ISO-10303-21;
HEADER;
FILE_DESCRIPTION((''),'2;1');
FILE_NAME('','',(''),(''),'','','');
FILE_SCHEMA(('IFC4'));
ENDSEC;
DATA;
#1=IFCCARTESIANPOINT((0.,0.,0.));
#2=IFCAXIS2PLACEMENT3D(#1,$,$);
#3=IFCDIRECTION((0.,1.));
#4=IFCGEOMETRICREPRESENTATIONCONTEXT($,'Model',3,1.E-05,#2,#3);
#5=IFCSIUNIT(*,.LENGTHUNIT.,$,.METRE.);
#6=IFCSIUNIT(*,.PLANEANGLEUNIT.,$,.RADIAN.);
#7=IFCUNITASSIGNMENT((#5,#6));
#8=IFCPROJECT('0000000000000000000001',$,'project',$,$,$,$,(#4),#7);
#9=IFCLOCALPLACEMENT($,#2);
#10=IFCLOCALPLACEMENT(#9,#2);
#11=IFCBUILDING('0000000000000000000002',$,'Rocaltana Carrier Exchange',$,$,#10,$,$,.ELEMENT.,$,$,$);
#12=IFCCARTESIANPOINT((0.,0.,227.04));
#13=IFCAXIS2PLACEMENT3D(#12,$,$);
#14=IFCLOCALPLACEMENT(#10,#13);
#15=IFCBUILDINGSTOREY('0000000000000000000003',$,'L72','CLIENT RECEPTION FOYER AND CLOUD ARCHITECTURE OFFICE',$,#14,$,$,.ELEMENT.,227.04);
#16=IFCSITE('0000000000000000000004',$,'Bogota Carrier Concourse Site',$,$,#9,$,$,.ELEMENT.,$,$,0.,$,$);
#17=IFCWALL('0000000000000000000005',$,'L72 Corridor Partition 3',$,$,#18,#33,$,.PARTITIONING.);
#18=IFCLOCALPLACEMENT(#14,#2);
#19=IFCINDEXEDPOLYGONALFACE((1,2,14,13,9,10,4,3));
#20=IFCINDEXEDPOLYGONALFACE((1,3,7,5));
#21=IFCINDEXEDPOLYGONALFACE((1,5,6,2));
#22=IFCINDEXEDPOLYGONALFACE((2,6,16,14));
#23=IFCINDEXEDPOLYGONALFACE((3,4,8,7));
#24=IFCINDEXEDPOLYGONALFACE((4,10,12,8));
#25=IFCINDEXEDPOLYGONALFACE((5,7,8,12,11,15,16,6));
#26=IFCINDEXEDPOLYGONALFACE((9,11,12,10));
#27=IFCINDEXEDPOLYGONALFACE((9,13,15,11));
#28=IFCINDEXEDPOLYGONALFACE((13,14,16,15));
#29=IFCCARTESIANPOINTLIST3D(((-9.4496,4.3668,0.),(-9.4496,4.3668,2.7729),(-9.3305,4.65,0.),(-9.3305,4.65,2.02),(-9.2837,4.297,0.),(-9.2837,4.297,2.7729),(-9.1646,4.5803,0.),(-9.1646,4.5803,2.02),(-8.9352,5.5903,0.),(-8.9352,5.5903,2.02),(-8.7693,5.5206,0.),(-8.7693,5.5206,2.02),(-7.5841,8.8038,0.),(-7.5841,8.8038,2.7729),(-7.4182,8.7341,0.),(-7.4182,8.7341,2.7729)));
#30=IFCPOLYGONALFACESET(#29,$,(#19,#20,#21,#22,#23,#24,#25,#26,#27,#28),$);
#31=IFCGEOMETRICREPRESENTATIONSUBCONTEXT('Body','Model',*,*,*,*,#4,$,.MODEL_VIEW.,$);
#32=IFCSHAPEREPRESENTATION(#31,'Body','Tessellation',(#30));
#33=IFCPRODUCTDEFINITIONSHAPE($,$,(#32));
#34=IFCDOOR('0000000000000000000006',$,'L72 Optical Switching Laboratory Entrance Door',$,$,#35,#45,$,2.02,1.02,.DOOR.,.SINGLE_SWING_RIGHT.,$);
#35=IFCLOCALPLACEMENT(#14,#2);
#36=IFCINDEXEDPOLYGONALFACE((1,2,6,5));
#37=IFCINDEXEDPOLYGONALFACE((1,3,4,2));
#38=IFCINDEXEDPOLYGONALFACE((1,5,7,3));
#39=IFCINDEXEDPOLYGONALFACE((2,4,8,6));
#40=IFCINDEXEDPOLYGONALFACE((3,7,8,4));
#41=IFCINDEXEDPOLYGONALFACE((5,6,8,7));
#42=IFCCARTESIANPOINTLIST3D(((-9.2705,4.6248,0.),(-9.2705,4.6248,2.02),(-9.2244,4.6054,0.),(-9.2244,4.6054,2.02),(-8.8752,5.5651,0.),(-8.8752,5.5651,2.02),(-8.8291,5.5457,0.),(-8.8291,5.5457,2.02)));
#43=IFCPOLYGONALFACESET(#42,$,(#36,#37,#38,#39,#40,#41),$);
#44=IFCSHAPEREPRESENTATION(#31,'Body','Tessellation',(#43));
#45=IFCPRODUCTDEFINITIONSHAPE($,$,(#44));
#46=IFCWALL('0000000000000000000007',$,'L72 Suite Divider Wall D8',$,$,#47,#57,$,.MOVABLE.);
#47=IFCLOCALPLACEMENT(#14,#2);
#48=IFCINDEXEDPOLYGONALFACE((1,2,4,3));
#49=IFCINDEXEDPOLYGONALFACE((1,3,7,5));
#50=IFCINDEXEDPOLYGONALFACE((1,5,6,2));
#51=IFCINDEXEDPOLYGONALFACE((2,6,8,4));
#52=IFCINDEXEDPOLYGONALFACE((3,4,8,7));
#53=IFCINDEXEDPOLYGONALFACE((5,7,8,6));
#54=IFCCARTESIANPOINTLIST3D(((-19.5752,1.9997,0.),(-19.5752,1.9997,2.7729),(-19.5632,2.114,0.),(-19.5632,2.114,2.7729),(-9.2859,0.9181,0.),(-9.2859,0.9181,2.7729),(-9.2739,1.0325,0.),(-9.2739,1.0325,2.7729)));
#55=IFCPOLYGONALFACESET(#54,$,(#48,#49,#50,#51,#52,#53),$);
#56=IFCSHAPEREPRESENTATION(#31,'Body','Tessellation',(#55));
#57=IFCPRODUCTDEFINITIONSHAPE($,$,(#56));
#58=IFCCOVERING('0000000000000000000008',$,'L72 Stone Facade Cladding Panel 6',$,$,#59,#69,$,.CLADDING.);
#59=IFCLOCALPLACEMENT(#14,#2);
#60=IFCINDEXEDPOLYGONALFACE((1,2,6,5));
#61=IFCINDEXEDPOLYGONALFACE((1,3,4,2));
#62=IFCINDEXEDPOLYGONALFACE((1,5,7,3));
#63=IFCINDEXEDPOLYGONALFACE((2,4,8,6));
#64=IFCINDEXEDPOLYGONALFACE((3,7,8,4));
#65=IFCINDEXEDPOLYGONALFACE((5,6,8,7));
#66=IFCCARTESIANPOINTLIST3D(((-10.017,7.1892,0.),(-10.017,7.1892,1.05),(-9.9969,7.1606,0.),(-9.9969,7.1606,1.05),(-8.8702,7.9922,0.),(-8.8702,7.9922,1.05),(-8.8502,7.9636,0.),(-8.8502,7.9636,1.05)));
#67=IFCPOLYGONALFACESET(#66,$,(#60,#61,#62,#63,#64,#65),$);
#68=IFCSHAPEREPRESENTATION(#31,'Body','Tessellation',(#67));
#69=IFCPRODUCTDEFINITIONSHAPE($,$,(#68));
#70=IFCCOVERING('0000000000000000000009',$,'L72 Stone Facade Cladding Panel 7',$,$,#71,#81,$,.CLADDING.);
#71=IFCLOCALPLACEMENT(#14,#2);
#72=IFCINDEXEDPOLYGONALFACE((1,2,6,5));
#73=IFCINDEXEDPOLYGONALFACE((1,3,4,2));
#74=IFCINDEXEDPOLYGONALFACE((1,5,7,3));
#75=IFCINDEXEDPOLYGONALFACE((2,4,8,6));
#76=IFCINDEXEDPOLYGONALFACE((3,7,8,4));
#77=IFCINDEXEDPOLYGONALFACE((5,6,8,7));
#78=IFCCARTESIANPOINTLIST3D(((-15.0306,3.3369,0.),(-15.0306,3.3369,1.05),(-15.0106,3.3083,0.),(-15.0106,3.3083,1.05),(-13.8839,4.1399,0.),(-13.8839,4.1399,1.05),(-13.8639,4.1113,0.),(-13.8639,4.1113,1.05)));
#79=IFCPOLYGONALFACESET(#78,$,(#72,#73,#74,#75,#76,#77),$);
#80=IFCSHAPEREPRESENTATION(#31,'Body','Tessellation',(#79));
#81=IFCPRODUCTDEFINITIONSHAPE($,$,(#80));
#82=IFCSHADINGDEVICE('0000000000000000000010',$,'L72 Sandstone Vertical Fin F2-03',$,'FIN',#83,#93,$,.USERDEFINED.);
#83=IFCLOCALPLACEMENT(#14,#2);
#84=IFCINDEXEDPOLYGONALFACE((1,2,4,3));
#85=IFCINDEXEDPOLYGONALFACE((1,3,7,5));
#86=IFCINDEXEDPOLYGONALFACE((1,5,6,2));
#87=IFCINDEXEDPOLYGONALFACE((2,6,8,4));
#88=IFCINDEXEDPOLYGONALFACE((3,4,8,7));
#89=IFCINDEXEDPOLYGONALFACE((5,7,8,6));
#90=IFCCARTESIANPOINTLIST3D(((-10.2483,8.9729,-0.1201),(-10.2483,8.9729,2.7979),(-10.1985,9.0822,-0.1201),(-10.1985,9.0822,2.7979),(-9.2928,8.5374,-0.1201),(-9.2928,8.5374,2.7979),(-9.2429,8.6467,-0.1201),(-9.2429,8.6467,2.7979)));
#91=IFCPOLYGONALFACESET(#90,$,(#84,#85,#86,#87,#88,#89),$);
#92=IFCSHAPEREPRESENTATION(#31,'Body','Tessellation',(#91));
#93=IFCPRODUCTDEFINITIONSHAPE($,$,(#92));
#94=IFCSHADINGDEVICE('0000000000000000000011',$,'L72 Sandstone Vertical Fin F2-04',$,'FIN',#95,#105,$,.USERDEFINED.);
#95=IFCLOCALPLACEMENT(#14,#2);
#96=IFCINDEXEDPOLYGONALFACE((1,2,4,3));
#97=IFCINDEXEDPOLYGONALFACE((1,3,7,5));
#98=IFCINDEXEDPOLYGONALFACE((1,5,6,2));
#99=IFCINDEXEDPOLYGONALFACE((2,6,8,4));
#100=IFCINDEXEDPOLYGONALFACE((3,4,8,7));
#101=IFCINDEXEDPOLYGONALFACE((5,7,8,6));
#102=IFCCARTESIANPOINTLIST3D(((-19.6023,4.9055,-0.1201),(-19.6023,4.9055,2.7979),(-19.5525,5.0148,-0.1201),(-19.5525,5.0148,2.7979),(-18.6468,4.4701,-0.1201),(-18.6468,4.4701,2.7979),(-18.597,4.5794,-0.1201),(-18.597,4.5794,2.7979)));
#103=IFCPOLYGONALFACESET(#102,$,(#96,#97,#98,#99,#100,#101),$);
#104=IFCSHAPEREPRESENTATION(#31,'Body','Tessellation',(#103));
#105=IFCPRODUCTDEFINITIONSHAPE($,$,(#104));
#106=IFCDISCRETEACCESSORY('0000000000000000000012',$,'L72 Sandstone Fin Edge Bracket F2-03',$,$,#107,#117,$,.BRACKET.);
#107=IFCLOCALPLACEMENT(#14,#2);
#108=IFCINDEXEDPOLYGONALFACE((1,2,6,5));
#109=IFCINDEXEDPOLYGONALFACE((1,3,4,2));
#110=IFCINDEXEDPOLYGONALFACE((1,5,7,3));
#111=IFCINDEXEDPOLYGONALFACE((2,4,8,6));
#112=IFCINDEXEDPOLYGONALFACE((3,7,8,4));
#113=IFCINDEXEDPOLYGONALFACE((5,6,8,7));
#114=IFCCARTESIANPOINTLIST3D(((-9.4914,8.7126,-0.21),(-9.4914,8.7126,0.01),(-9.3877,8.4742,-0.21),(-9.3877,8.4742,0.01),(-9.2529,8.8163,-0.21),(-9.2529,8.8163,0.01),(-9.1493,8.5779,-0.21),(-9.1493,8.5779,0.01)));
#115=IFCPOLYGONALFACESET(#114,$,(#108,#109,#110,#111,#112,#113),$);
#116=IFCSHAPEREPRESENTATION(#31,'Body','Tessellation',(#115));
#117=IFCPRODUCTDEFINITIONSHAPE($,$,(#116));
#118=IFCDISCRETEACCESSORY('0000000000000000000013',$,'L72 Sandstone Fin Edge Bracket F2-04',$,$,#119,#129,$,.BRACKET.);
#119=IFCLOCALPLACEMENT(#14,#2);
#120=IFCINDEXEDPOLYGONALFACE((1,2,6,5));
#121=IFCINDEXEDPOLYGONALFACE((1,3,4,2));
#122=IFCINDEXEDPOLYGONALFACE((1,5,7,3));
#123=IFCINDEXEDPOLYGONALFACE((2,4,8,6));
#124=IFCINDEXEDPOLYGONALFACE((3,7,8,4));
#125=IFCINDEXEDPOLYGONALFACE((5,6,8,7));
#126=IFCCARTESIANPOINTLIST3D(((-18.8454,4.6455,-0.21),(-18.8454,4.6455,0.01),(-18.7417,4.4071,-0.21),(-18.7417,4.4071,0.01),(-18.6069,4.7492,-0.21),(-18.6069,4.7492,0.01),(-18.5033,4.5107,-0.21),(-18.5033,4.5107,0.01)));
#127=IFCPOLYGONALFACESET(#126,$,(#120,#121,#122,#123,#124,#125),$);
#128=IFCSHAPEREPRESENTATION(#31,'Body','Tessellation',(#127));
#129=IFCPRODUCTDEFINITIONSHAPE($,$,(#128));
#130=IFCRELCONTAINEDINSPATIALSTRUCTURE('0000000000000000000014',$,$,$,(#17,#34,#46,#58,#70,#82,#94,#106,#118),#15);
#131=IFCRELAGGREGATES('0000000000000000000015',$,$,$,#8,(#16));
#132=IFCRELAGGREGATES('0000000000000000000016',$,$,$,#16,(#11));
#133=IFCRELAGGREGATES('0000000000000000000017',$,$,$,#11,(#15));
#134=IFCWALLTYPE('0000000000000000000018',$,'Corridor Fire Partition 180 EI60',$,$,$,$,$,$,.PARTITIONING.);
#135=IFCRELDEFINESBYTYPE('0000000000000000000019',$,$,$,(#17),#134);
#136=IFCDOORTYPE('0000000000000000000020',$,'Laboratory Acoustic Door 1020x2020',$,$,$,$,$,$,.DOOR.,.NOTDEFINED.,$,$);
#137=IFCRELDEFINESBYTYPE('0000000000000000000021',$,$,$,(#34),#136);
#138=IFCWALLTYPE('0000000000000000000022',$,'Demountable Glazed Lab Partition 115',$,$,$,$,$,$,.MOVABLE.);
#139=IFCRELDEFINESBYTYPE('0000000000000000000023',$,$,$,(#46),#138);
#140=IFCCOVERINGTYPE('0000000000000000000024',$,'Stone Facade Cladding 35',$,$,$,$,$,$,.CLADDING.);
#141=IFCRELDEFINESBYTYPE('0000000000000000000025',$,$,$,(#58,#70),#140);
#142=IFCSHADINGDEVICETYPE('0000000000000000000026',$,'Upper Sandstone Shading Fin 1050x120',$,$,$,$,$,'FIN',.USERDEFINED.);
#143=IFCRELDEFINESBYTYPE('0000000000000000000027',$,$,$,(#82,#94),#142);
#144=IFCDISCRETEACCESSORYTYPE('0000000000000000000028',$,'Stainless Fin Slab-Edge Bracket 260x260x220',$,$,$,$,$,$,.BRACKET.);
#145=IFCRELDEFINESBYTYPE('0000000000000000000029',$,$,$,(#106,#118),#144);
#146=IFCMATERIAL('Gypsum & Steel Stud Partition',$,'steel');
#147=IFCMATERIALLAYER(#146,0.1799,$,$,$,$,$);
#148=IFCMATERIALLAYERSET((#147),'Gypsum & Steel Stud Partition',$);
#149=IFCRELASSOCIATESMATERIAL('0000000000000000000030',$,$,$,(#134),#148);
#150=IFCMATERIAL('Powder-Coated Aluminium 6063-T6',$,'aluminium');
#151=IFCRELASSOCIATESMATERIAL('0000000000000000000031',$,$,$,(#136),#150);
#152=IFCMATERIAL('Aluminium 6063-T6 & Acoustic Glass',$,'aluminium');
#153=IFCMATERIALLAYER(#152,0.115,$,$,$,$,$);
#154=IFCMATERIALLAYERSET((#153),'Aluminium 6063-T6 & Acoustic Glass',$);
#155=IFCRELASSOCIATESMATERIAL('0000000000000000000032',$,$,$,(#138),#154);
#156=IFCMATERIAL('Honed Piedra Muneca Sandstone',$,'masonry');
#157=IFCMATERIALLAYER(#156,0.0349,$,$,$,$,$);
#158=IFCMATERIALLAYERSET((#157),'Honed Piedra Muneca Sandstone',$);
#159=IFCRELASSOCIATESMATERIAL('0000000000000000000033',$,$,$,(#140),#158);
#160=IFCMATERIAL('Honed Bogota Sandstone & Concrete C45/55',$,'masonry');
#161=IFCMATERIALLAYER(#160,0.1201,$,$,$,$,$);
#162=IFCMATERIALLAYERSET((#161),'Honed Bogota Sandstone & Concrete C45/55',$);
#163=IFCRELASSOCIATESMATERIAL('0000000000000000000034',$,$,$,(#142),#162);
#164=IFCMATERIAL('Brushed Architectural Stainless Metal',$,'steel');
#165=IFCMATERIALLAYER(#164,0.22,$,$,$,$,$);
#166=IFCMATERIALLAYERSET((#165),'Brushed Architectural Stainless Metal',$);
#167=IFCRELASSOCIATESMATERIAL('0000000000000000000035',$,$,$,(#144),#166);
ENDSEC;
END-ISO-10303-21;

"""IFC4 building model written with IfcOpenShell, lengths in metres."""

from ifc_helpers import new_model, si_unit, direction, frame, frame_2d, origin, origin_2d, place, context, subcontext, project, spatial, rectangle, extrude, material, layer, layer_set, type_object, element, fill, save


model = new_model("IFC4")

# Units and contexts
model_context = context("Model", 3, precision=1e-05, world=origin(), true_north=direction((0.0, 1.0)))
body_context = subcontext(model_context, "Body", "Model", "MODEL_VIEW")
ifc_project = project(units=[si_unit("LENGTHUNIT", "METRE"), si_unit("PLANEANGLEUNIT", "RADIAN")], contexts=[model_context])

# Site, building, storey
site_placement = place(None, origin())
site = spatial("IfcSite", under=ifc_project, at=site_placement, Name="Bogota Carrier Concourse Site", CompositionType="ELEMENT", RefElevation=0.0)
building_placement = place(site_placement, origin())
building = spatial("IfcBuilding", under=site, at=building_placement, Name="Rocaltana Carrier Exchange", CompositionType="ELEMENT")
storey_placement = place(building_placement, frame((0.0, 0.0, 227.04)))
storey = spatial("IfcBuildingStorey", under=building, at=storey_placement, Name="L72", Description="CLIENT RECEPTION FOYER AND CLOUD ARCHITECTURE OFFICE", CompositionType="ELEMENT", Elevation=227.04)

# Wall, opening, door
ifc_material_1 = material(Name="Gypsum & Steel Stud Partition", Category="steel")
ifc_layer_1 = layer(ifc_material_1, 0.1799)
ifc_layer_set_1 = layer_set([ifc_layer_1], Name="Gypsum & Steel Stud Partition")
wall_type_1 = type_object("IfcWallType", Name="Corridor Fire Partition 180 EI60", PredefinedType="PARTITIONING", material=ifc_layer_set_1)
wall_1_placement = place(storey_placement, frame((-9.3667, 4.3318, 0.0), z_axis=(0.0, 0.0, 1.0), x_axis=(0.387574, 0.921839, 0.0)))
wall_1 = element("IfcWall", 1, at=wall_1_placement, inside=storey, type_object=wall_type_1, Name="L72 Corridor Partition 3", PredefinedType="PARTITIONING", context=body_context, shape_type="SweptSolid", body=[
    extrude(rectangle(XDim=4.8132, YDim=0.1799, at=frame_2d((2.4067, 0.0))), origin(), (0.0, 0.0, 1.0), 2.7729),
])
opening_placement = place(wall_1_placement, frame((0.3074, 0.0, 0.0)))
opening = element("IfcOpeningElement", 2, at=opening_placement, cuts=wall_1, PredefinedType="OPENING", context=body_context, shape_type="SweptSolid", body=[
    extrude(rectangle(XDim=1.02, YDim=2.02, at=frame_2d((0.51, 1.01))), frame((0.0, 0.0999, 0.0), z_axis=(0.0, -1.0, 0.0), x_axis=(1.0, 0.0, 0.0)), (0.0, 0.0, 1.0), 0.2),
])
ifc_material_2 = material(Name="Powder-Coated Aluminium 6063-T6", Category="aluminium")
door_type = type_object("IfcDoorType", Name="Laboratory Acoustic Door 1020x2020", OperationType="NOTDEFINED", PredefinedType="DOOR", material=ifc_material_2)
door_placement = place(opening_placement, origin())
door = element("IfcDoor", 3, at=door_placement, inside=storey, type_object=door_type, Name="L72 Optical Switching Laboratory Entrance Door", OperationType="SINGLE_SWING_RIGHT", OverallHeight=2.02, OverallWidth=1.02, PredefinedType="DOOR", context=body_context, shape_type="SweptSolid", body=[
    extrude(rectangle(XDim=1.02, YDim=2.02, at=frame_2d((0.51, 1.01))), frame((0.0, 0.0249, 0.0), z_axis=(0.0, -1.0, 0.0), x_axis=(1.0, 0.0, 0.0)), (0.0, 0.0, 1.0), 0.05),
])
fill(opening, door)

# Wall
ifc_material_3 = material(Name="Aluminium 6063-T6 & Acoustic Glass", Category="aluminium")
ifc_layer_2 = layer(ifc_material_3, 0.115)
ifc_layer_set_2 = layer_set([ifc_layer_2], Name="Aluminium 6063-T6 & Acoustic Glass")
wall_type_2 = type_object("IfcWallType", Name="Demountable Glazed Lab Partition 115", PredefinedType="MOVABLE", material=ifc_layer_set_2)
wall_2_placement = place(storey_placement, frame((-9.28, 0.9753, 0.0), z_axis=(0.0, 0.0, 1.0), x_axis=(-0.994521, 0.104537, 0.0)))
element("IfcWall", 4, at=wall_2_placement, inside=storey, type_object=wall_type_2, Name="L72 Suite Divider Wall D8", PredefinedType="MOVABLE", context=body_context, shape_type="SweptSolid", body=[
    extrude(rectangle(XDim=10.3459, YDim=0.115, at=frame_2d((5.1729, 0.0))), origin(), (0.0, 0.0, 1.0), 2.7729),
])

# Coverings
ifc_material_4 = material(Name="Honed Piedra Muneca Sandstone", Category="masonry")
ifc_layer_3 = layer(ifc_material_4, 0.0349)
ifc_layer_set_3 = layer_set([ifc_layer_3], Name="Honed Piedra Muneca Sandstone")
covering_type = type_object("IfcCoveringType", Name="Stone Facade Cladding 35", PredefinedType="CLADDING", material=ifc_layer_set_3)
for number, where, z_axis, x_axis, name in (
    (5, (-9.4336, 7.5764, 0.0), (0.0, 0.0, 1.0), (0.819152, 0.573576, 0.0), "L72 Stone Facade Cladding Panel 6"),
    (6, (-14.4473, 3.7241, 0.0), (0.0, 0.0, 1.0), (0.819152, 0.573576, 0.0), "L72 Stone Facade Cladding Panel 7"),
):
    element("IfcCovering", number, at=place(storey_placement, frame(where, z_axis=z_axis, x_axis=x_axis)), inside=storey, type_object=covering_type, Name=name, PredefinedType="CLADDING", context=body_context, shape_type="SweptSolid", body=[
        extrude(rectangle(XDim=1.3999, YDim=0.0349, at=origin_2d()), origin(), (0.0, 0.0, 1.0), 1.05),
    ])

# Shading devices
ifc_material_5 = material(Name="Honed Bogota Sandstone & Concrete C45/55", Category="masonry")
ifc_layer_4 = layer(ifc_material_5, 0.1201)
ifc_layer_set_4 = layer_set([ifc_layer_4], Name="Honed Bogota Sandstone & Concrete C45/55")
shading_device_type = type_object("IfcShadingDeviceType", Name="Upper Sandstone Shading Fin 1050x120", ElementType="FIN", PredefinedType="USERDEFINED", material=ifc_layer_set_4)
for number, where, z_axis, x_axis, name in (
    (7, (-9.7456, 8.8098, -0.1201), (0.0, 0.0, 1.0), (-0.909961, 0.414693, 0.0), "L72 Sandstone Vertical Fin F2-03"),
    (8, (-19.0996, 4.7424, -0.1201), (0.0, 0.0, 1.0), (-0.909961, 0.414693, 0.0), "L72 Sandstone Vertical Fin F2-04"),
):
    element("IfcShadingDevice", number, at=place(storey_placement, frame(where, z_axis=z_axis, x_axis=x_axis)), inside=storey, type_object=shading_device_type, Name=name, ObjectType="FIN", PredefinedType="USERDEFINED", context=body_context, shape_type="SweptSolid", body=[
        extrude(rectangle(XDim=1.05, YDim=0.1201, at=origin_2d()), origin(), (0.0, 0.0, 1.0), 2.918),
    ])

# Discrete accessories
ifc_material_6 = material(Name="Brushed Architectural Stainless Metal", Category="steel")
ifc_layer_5 = layer(ifc_material_6, 0.22)
ifc_layer_set_5 = layer_set([ifc_layer_5], Name="Brushed Architectural Stainless Metal")
discrete_accessory_type = type_object("IfcDiscreteAccessoryType", Name="Stainless Fin Slab-Edge Bracket 260x260x220", PredefinedType="BRACKET", material=ifc_layer_set_5)
for number, where, z_axis, x_axis, name in (
    (9, (-9.3203, 8.6453, -0.21), (0.0, 0.0, 1.0), (-0.91706, -0.398749, 0.0), "L72 Sandstone Fin Edge Bracket F2-03"),
    (10, (-18.6743, 4.5781, -0.21), (0.0, 0.0, 1.0), (-0.91706, -0.398749, 0.0), "L72 Sandstone Fin Edge Bracket F2-04"),
):
    element("IfcDiscreteAccessory", number, at=place(storey_placement, frame(where, z_axis=z_axis, x_axis=x_axis)), inside=storey, type_object=discrete_accessory_type, Name=name, PredefinedType="BRACKET", context=body_context, shape_type="SweptSolid", body=[
        extrude(rectangle(XDim=0.26, YDim=0.26, at=origin_2d()), origin(), (0.0, 0.0, 1.0), 0.22),
    ])

save(model, "model.ifc")
